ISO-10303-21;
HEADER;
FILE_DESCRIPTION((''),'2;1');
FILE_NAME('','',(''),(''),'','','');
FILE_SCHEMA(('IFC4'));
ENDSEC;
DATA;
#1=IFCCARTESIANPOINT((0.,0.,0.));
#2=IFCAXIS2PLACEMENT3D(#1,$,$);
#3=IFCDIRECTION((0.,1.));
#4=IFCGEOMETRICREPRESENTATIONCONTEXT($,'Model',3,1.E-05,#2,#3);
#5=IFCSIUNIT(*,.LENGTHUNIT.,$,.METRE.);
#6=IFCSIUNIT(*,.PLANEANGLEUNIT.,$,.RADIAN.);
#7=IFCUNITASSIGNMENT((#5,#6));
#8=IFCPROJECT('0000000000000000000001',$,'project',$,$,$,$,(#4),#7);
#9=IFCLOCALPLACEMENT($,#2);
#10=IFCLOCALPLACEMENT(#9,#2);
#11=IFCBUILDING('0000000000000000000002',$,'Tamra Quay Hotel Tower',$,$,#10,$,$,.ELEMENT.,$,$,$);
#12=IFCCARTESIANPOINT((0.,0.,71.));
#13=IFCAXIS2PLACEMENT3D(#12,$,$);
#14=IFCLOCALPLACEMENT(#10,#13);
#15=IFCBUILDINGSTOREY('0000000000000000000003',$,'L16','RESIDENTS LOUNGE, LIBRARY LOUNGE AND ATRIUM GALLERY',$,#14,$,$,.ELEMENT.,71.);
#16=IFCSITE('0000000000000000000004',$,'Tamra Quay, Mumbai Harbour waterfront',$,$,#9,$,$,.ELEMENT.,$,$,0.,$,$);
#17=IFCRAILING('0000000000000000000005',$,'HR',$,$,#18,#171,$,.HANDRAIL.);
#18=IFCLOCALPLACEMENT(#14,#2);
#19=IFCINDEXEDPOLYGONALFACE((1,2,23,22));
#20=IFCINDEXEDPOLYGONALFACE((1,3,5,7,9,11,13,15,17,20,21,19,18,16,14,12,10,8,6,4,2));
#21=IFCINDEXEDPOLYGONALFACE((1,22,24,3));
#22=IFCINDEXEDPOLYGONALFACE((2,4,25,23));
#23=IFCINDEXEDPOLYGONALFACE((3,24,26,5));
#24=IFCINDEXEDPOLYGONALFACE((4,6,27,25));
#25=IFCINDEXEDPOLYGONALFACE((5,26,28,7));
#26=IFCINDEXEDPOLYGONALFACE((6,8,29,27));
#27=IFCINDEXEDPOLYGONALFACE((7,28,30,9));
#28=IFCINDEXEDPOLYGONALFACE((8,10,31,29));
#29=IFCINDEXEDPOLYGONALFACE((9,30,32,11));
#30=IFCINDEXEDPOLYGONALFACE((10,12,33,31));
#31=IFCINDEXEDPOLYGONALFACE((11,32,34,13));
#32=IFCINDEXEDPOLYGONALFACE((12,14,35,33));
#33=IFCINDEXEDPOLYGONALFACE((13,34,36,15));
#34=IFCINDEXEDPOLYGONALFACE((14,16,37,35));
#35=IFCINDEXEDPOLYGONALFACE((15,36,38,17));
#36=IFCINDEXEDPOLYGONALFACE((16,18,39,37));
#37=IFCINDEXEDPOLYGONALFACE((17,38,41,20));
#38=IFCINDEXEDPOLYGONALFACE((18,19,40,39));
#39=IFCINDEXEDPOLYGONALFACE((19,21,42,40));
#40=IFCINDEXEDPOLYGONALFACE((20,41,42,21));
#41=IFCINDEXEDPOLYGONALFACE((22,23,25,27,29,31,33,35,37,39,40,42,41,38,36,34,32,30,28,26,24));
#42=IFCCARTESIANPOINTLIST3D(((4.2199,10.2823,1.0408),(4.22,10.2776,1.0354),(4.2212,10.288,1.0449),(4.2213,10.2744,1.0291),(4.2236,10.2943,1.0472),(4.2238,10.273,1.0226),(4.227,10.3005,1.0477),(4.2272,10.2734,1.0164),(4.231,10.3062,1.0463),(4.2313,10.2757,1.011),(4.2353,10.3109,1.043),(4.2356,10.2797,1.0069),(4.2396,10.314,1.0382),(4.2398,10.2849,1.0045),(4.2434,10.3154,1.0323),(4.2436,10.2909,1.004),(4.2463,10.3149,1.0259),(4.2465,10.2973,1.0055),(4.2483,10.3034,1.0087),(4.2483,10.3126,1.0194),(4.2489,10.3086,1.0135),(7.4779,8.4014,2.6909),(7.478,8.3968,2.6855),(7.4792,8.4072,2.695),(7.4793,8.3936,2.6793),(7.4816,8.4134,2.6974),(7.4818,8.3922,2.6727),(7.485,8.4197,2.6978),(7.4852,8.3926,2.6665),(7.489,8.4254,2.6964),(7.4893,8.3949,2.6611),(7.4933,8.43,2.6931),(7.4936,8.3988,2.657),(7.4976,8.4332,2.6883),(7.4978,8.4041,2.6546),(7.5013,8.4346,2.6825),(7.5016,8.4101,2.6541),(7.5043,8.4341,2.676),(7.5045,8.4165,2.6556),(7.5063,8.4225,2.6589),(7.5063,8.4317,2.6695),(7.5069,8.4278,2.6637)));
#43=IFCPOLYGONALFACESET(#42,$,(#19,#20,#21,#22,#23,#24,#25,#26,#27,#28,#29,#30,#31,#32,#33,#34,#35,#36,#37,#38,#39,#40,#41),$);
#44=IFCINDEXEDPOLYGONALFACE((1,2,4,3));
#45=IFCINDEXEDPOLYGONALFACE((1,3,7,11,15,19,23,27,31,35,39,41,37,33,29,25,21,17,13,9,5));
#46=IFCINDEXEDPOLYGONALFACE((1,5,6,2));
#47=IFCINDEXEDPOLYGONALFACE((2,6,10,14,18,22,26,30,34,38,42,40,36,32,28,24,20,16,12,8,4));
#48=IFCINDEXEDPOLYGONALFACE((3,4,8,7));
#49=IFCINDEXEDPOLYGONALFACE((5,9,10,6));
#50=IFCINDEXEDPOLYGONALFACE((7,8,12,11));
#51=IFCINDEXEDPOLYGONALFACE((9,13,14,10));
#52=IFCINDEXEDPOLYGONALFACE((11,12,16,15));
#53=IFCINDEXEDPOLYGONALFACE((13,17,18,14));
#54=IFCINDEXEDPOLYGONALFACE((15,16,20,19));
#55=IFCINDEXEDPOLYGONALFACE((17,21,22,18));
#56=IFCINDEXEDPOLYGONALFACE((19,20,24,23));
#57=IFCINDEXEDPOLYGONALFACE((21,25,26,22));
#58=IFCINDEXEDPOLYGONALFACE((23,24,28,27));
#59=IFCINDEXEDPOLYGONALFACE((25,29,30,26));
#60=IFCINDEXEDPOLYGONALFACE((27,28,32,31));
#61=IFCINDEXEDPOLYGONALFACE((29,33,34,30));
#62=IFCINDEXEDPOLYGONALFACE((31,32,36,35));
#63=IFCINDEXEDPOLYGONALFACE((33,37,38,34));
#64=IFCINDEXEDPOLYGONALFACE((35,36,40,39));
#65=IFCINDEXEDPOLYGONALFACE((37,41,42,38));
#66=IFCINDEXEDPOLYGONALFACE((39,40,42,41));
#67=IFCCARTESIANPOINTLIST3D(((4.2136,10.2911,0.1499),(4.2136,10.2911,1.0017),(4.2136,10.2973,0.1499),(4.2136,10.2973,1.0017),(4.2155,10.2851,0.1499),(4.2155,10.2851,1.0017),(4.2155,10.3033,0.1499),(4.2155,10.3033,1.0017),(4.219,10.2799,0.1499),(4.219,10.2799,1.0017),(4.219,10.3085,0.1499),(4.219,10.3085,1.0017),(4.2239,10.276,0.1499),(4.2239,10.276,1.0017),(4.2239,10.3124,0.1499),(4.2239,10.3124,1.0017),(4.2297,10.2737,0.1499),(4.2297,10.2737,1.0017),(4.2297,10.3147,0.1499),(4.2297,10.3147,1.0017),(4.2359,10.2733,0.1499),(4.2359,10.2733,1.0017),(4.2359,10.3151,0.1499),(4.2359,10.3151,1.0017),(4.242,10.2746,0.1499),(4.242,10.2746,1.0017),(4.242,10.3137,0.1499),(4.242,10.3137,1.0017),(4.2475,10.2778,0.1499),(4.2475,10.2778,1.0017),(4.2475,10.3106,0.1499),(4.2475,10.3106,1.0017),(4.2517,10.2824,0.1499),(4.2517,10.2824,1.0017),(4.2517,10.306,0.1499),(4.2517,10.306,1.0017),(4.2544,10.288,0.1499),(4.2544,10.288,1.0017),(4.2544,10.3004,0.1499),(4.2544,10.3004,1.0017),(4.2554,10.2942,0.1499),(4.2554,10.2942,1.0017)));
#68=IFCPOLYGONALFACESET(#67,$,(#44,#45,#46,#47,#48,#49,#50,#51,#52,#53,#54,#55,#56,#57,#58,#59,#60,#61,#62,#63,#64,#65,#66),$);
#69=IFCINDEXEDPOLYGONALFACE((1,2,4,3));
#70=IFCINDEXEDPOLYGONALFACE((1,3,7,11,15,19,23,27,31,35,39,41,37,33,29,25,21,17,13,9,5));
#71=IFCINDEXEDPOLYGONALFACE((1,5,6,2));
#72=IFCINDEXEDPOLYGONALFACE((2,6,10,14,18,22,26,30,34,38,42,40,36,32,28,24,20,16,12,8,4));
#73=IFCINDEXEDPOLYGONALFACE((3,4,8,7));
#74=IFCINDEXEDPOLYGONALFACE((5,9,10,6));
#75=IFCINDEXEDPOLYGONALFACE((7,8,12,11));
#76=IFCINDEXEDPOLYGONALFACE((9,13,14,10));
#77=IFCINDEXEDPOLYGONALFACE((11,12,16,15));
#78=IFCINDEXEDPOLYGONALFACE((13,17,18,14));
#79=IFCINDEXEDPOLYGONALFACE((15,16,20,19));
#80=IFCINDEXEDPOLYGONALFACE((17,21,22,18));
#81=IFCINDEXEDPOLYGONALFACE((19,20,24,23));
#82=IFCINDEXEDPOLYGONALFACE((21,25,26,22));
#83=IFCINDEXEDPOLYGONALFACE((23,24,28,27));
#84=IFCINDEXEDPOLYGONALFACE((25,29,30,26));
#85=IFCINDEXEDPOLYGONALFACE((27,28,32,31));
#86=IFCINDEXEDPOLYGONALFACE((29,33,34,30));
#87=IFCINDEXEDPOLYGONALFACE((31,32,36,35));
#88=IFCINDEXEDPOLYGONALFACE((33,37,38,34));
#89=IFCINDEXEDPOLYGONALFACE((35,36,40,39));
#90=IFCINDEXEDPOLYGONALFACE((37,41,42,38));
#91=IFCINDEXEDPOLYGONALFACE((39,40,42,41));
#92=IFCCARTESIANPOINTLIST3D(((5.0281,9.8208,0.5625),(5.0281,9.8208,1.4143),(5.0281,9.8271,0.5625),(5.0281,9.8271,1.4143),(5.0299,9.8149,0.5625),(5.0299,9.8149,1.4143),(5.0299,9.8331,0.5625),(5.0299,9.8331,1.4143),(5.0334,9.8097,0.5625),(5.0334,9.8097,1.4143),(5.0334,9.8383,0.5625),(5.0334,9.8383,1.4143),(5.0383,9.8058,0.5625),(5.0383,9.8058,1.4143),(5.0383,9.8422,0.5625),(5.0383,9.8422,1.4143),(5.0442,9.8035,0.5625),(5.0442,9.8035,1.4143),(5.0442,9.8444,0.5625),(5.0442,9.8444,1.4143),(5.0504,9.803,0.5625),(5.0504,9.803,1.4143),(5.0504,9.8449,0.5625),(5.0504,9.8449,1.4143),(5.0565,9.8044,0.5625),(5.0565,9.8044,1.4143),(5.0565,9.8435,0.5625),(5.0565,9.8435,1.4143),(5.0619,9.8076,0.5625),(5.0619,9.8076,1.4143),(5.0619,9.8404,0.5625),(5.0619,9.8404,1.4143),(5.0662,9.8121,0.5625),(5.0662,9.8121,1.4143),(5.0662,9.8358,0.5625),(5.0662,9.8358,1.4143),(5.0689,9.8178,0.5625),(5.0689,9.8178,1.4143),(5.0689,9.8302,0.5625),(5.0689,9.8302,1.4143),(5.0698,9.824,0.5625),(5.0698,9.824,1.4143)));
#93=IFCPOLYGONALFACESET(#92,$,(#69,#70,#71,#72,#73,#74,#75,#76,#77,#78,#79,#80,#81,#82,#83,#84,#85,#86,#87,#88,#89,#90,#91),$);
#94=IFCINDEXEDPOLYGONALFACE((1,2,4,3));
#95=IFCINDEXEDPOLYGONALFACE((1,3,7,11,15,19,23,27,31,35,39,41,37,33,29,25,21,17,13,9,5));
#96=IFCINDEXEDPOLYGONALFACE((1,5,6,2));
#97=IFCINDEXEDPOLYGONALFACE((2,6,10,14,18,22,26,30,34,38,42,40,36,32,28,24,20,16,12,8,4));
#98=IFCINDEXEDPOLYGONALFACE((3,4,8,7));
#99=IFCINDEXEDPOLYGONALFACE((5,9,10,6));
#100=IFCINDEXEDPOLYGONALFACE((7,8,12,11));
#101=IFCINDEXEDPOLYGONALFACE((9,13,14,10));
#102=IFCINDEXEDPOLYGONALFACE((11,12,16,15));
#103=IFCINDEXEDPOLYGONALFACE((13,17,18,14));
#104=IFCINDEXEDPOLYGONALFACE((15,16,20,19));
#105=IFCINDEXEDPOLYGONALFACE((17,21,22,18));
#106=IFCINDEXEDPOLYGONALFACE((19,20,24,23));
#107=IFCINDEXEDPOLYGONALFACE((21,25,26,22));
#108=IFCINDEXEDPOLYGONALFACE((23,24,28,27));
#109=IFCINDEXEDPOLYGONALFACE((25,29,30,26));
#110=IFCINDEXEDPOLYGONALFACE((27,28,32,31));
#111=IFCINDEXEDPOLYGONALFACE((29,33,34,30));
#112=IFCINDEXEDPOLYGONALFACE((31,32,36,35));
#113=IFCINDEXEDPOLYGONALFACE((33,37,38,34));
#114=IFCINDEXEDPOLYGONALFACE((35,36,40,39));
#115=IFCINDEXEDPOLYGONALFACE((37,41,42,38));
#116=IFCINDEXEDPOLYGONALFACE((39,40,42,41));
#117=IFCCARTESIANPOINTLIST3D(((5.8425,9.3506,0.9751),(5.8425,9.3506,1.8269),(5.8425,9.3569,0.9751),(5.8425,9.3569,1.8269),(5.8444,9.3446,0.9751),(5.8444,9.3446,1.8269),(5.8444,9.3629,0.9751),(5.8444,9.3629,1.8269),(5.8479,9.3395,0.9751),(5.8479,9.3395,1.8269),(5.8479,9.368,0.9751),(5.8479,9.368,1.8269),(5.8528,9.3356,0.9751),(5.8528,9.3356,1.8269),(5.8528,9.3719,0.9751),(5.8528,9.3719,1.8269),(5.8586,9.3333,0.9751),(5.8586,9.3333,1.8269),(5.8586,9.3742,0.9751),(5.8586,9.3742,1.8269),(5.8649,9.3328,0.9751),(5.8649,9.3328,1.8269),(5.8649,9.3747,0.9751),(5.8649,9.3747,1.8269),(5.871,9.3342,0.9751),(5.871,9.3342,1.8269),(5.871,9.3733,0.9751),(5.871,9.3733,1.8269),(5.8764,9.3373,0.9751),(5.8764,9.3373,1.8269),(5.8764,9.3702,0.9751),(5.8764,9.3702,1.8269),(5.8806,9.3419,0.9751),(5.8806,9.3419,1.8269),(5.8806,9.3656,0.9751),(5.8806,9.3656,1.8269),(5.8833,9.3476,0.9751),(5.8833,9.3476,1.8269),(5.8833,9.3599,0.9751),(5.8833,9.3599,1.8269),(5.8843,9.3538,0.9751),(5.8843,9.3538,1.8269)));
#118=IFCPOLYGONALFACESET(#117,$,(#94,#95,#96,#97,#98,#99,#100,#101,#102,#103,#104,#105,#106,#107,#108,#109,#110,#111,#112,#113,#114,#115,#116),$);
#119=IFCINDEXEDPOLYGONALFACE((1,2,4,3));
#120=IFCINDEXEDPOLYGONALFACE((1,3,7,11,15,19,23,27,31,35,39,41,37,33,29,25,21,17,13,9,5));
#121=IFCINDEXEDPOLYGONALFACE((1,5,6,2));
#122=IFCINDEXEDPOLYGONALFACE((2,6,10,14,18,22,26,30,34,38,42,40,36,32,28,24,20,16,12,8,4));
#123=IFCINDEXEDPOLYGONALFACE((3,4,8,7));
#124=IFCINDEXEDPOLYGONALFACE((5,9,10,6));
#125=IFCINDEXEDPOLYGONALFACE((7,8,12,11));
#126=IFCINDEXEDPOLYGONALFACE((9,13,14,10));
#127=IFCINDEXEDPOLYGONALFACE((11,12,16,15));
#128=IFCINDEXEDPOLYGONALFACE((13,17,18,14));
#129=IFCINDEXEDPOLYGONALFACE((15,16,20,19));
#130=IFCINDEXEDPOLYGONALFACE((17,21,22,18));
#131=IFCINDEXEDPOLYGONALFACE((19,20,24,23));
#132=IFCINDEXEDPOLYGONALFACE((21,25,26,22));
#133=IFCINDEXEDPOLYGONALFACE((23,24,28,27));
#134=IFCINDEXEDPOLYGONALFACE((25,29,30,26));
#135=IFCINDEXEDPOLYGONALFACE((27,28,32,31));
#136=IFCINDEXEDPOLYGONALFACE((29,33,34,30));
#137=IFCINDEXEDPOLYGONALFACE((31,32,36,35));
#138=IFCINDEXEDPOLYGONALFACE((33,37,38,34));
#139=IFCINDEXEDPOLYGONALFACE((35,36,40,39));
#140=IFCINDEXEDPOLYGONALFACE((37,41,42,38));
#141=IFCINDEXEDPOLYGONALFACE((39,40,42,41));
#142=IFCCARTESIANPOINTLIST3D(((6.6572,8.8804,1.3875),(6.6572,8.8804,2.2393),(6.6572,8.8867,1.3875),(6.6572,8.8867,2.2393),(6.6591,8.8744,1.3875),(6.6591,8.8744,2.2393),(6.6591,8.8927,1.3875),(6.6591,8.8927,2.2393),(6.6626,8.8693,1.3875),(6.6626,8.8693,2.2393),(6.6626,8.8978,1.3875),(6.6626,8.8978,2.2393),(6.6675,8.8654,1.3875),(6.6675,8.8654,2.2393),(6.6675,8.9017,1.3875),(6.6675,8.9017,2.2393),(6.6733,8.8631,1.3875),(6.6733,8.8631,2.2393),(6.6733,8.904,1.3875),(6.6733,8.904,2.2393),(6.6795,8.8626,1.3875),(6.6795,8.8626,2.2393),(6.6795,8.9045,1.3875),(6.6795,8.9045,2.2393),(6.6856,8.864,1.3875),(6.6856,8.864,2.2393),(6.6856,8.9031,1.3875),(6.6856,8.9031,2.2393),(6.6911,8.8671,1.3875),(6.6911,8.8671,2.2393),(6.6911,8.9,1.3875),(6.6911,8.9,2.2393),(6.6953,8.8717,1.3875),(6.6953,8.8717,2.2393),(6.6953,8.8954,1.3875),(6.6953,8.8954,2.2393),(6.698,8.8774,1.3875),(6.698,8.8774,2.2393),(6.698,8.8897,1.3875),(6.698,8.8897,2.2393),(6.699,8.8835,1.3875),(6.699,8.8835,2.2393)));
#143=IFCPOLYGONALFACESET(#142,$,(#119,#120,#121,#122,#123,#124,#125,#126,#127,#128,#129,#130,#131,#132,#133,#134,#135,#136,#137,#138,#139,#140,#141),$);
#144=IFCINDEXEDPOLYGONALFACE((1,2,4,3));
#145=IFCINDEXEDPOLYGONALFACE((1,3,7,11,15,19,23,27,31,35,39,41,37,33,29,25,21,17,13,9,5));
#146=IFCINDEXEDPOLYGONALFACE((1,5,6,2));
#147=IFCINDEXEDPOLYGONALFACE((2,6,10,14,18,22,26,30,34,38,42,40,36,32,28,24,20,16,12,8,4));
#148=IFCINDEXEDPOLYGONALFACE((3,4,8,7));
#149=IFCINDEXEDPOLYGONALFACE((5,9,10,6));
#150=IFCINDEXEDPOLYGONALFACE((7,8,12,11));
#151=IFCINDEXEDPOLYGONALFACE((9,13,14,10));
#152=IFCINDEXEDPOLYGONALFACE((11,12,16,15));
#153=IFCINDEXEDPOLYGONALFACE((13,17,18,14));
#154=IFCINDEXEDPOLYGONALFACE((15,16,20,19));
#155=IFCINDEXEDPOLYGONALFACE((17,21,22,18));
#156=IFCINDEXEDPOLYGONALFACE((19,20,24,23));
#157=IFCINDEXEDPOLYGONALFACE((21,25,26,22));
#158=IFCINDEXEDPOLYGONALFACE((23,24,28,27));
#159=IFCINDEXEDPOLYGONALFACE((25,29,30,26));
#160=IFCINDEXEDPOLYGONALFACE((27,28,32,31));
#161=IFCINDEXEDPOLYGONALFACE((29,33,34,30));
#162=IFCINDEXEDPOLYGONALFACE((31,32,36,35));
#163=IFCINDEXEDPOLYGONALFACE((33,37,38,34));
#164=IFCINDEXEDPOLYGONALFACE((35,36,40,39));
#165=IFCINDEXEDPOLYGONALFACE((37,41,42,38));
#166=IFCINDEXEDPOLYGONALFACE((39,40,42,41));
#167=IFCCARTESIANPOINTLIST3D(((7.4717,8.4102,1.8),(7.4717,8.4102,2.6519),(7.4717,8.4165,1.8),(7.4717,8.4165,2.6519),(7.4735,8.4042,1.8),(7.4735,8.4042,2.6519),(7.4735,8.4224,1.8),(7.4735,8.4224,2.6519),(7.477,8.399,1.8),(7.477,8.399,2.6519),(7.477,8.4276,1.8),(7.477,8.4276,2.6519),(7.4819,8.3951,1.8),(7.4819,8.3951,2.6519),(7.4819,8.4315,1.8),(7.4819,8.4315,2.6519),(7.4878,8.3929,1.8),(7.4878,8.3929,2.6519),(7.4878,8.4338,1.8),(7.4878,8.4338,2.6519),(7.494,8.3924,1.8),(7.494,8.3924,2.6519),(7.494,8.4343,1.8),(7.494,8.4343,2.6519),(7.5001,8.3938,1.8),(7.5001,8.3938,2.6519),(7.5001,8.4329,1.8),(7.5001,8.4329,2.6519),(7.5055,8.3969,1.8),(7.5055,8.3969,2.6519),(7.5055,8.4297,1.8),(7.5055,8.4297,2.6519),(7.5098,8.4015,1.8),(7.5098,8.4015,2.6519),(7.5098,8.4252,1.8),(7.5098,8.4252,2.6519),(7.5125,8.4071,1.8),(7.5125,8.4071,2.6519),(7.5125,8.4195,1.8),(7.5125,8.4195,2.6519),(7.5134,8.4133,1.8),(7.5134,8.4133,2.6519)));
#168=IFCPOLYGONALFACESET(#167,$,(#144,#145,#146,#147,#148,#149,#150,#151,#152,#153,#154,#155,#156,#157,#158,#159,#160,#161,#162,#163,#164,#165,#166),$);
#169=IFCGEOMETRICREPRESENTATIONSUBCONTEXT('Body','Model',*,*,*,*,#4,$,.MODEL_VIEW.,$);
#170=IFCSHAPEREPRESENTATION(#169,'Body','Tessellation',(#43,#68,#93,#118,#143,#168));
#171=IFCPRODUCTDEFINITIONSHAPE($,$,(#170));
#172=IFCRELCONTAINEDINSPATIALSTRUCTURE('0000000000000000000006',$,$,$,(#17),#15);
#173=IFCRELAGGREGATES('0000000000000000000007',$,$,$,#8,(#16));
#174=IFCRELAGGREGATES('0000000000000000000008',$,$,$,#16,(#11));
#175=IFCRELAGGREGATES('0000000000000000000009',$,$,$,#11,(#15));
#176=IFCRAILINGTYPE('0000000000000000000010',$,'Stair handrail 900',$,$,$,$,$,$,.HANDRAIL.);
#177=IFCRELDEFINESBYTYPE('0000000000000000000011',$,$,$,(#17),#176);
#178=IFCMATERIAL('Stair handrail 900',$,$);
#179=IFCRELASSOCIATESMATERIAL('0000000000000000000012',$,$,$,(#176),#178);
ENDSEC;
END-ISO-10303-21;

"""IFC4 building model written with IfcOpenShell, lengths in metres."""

from ifc_helpers import new_model, si_unit, direction, frame, origin, origin_2d, place, context, subcontext, project, spatial, circle, extrude, material, type_object, element, save


model = new_model("IFC4")

# Units and contexts
model_context = context("Model", 3, precision=1e-05, world=origin(), true_north=direction((0.0, 1.0)))
body_context = subcontext(model_context, "Body", "Model", "MODEL_VIEW")
ifc_project = project(units=[si_unit("LENGTHUNIT", "METRE"), si_unit("PLANEANGLEUNIT", "RADIAN")], contexts=[model_context])

# Site, building, storey
site_placement = place(None, origin())
site = spatial("IfcSite", under=ifc_project, at=site_placement, Name="Tamra Quay, Mumbai Harbour waterfront", CompositionType="ELEMENT", RefElevation=0.0)
building_placement = place(site_placement, origin())
building = spatial("IfcBuilding", under=site, at=building_placement, Name="Tamra Quay Hotel Tower", CompositionType="ELEMENT")
storey_placement = place(building_placement, frame((0.0, 0.0, 71.0)))
storey = spatial("IfcBuildingStorey", under=building, at=storey_placement, Name="L16", Description="RESIDENTS LOUNGE, LIBRARY LOUNGE AND ATRIUM GALLERY", CompositionType="ELEMENT", Elevation=71.0)

# Railing
ifc_material_1 = material(Name="Stair handrail 900")
railing_type = type_object("IfcRailingType", Name="Stair handrail 900", PredefinedType="HANDRAIL", material=ifc_material_1)
railing_1_placement = place(storey_placement, frame((4.2344, 10.2942, 0.1499)))
element("IfcRailing", 1, at=railing_1_placement, inside=storey, type_object=railing_type, Name="HR", PredefinedType="HANDRAIL", context=body_context, shape_type="SweptSolid", body=[
    extrude(circle(Radius=0.0239, at=origin_2d()), frame((0.0, 0.0, 0.876), z_axis=(0.793103, -0.457854, 0.401692), x_axis=(0.499964, 0.866046, 0.0)), (0.0, 0.0, 1.0), 4.1079),
    extrude(circle(Radius=0.021, at=origin_2d()), origin(), (0.0, 0.0, 1.0), 0.8518),
    extrude(circle(Radius=0.021, at=origin_2d()), frame((0.8145, -0.4702, 0.4126)), (0.0, 0.0, 1.0), 0.8518),
    extrude(circle(Radius=0.021, at=origin_2d()), frame((1.6289, -0.9404, 0.8252)), (0.0, 0.0, 1.0), 0.8518),
    extrude(circle(Radius=0.021, at=origin_2d()), frame((2.4436, -1.4106, 1.2375)), (0.0, 0.0, 1.0), 0.8518),
    extrude(circle(Radius=0.021, at=origin_2d()), frame((3.2581, -1.8809, 1.6501)), (0.0, 0.0, 1.0), 0.8518),
])

save(model, "model.ifc")
